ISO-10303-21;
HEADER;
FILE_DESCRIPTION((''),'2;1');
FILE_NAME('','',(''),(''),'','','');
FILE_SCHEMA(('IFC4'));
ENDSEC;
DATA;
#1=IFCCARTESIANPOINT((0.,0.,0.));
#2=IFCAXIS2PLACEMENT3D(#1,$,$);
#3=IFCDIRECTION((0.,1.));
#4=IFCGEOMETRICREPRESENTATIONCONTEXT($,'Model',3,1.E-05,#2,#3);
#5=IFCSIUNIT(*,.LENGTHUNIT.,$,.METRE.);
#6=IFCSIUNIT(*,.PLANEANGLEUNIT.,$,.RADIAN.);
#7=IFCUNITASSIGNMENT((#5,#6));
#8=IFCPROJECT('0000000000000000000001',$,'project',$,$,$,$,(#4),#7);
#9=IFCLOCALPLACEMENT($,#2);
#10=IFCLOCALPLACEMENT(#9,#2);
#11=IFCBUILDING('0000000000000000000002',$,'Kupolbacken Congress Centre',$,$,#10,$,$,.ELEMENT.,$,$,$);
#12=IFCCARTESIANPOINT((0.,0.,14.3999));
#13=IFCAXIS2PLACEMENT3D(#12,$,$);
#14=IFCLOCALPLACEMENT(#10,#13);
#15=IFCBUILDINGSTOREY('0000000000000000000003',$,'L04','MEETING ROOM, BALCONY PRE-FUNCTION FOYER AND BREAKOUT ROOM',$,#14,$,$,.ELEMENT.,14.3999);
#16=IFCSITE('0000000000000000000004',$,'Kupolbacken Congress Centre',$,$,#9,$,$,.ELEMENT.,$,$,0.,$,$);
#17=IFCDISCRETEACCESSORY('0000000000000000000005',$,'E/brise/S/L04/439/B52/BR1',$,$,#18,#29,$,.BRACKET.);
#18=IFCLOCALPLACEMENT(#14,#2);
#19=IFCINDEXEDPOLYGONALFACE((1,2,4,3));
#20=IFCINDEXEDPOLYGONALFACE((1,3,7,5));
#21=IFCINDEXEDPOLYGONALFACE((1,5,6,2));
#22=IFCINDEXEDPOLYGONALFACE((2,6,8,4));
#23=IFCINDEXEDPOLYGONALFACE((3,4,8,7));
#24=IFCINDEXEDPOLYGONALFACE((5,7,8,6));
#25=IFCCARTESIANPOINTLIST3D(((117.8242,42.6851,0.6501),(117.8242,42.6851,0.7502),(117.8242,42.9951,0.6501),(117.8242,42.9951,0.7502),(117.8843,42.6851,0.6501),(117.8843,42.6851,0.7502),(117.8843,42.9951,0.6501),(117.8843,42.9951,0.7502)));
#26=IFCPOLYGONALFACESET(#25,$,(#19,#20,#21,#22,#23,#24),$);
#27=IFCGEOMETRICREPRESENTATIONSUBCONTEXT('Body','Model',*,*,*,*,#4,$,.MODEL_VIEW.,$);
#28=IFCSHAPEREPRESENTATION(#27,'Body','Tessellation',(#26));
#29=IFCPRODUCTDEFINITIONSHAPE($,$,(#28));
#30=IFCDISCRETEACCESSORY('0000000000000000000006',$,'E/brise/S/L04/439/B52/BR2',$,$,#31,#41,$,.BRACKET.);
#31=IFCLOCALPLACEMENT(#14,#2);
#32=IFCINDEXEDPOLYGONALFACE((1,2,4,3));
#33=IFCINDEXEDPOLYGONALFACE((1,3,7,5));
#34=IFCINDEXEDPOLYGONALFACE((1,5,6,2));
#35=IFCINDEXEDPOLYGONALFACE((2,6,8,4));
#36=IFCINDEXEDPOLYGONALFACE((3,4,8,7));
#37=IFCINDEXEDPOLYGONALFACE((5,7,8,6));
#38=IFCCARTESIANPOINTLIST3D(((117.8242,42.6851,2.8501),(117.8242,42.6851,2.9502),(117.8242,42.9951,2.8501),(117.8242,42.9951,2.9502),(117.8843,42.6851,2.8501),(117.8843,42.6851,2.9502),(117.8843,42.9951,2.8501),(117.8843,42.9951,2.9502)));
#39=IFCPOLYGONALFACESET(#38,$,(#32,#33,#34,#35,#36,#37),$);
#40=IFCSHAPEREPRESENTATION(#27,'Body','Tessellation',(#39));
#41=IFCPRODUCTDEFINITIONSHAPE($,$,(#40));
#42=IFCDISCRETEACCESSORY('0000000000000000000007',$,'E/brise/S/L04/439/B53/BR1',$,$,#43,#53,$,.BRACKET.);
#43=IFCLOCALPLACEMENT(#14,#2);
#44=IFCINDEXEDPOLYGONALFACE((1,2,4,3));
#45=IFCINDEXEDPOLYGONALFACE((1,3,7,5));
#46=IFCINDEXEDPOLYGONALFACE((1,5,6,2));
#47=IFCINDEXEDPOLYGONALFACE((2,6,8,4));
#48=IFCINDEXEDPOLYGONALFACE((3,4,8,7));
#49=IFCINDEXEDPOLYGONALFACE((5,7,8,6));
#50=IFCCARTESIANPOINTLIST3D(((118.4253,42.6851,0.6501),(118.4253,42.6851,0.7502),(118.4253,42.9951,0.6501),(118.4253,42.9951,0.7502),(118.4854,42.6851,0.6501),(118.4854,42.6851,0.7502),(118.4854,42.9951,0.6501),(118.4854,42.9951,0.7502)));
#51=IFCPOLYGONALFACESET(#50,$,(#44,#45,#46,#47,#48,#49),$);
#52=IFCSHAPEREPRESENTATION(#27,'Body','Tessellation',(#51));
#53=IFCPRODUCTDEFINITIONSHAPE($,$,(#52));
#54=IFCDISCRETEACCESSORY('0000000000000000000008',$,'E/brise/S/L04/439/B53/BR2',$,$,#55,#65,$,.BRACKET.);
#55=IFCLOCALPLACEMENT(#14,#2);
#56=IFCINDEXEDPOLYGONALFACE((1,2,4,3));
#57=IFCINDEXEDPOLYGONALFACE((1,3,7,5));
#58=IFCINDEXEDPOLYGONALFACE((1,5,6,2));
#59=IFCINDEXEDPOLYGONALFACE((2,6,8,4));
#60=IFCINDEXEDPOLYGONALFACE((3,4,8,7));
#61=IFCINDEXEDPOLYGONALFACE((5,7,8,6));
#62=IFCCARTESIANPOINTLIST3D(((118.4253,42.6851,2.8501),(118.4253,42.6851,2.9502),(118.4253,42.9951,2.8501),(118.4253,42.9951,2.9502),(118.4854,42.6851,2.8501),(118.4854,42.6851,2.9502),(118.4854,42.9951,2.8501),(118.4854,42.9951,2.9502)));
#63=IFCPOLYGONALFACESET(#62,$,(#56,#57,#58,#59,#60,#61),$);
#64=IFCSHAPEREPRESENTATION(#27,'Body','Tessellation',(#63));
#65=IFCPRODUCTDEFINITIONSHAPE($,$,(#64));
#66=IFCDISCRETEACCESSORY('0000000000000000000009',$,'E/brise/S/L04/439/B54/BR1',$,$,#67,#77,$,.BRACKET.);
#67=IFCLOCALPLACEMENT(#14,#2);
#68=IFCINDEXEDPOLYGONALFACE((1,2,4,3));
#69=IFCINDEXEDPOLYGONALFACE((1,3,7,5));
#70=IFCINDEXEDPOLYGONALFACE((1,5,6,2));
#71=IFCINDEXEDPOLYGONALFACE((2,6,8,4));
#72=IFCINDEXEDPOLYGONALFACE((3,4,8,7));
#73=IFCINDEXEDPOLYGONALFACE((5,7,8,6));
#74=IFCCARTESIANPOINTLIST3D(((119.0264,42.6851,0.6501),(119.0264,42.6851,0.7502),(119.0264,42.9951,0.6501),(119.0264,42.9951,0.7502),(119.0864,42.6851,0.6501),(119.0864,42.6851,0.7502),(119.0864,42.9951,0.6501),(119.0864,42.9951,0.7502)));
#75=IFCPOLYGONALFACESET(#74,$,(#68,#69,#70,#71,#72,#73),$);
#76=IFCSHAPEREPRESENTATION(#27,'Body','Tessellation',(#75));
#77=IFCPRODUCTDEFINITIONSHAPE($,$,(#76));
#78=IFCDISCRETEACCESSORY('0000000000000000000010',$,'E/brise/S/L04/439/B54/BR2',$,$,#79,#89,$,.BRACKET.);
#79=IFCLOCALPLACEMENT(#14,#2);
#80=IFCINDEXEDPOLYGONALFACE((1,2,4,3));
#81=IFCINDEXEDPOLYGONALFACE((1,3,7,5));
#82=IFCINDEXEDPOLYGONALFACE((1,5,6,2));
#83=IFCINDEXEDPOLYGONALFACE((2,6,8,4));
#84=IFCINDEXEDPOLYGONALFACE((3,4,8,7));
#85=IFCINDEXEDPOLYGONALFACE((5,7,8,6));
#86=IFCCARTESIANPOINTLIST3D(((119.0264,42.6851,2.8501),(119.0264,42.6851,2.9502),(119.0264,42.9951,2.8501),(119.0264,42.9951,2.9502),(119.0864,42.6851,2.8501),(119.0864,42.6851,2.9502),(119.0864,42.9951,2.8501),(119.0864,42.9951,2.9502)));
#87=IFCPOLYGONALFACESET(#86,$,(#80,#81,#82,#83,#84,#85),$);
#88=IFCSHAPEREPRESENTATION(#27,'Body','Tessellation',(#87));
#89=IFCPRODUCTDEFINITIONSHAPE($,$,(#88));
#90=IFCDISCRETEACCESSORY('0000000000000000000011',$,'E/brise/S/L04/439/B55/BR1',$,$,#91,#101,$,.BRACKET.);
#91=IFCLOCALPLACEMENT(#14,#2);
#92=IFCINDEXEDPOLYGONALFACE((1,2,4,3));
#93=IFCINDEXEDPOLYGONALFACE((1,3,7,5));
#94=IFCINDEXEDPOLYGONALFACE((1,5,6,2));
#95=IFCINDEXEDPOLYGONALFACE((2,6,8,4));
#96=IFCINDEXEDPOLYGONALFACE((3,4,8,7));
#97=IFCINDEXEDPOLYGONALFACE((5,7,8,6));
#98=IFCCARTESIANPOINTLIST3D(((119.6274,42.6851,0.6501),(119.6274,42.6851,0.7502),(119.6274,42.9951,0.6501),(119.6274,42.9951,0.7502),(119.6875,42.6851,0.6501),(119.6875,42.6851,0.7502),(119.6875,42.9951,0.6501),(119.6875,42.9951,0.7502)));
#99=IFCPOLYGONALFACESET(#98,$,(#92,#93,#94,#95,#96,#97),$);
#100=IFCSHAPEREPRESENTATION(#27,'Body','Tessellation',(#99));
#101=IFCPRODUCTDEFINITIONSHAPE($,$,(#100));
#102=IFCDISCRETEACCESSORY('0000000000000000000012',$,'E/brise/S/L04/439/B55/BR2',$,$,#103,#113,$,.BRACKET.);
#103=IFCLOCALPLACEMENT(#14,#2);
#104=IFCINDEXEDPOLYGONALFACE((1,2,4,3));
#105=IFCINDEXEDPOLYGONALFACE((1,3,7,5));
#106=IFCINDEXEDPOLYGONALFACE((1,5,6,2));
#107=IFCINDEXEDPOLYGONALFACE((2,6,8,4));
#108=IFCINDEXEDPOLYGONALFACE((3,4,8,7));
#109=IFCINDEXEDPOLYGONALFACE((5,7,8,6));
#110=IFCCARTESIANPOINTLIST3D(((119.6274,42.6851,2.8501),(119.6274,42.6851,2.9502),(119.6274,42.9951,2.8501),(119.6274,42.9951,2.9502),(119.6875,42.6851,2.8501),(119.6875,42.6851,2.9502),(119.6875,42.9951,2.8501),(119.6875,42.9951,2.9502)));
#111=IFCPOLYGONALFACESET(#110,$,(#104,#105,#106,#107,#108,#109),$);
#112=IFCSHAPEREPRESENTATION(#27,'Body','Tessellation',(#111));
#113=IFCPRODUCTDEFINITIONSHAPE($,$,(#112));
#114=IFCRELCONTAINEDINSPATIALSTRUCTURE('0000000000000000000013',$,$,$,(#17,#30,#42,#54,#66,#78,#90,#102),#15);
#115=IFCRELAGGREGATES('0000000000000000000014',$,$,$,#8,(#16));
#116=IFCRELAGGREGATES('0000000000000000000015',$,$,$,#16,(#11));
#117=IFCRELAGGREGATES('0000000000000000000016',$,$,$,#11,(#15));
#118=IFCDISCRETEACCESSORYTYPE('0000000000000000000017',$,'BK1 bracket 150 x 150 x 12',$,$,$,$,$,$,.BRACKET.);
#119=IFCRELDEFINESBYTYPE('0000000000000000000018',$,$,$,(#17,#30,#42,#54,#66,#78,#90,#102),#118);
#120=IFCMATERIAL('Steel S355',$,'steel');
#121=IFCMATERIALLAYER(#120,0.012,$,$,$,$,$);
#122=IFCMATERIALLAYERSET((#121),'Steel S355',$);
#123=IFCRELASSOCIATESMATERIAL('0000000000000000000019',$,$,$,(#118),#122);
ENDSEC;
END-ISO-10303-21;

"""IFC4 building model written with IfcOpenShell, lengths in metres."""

from ifc_helpers import new_model, si_unit, direction, frame, origin, origin_2d, place, context, subcontext, project, spatial, rectangle, extrude, material, layer, layer_set, type_object, element, save


model = new_model("IFC4")

# Units and contexts
model_context = context("Model", 3, precision=1e-05, world=origin(), true_north=direction((0.0, 1.0)))
body_context = subcontext(model_context, "Body", "Model", "MODEL_VIEW")
ifc_project = project(units=[si_unit("LENGTHUNIT", "METRE"), si_unit("PLANEANGLEUNIT", "RADIAN")], contexts=[model_context])

# Site, building, storey
site_placement = place(None, origin())
site = spatial("IfcSite", under=ifc_project, at=site_placement, Name="Kupolbacken Congress Centre", CompositionType="ELEMENT", RefElevation=0.0)
building_placement = place(site_placement, origin())
building = spatial("IfcBuilding", under=site, at=building_placement, Name="Kupolbacken Congress Centre", CompositionType="ELEMENT")
storey_placement = place(building_placement, frame((0.0, 0.0, 14.3999)))
storey = spatial("IfcBuildingStorey", under=building, at=storey_placement, Name="L04", Description="MEETING ROOM, BALCONY PRE-FUNCTION FOYER AND BREAKOUT ROOM", CompositionType="ELEMENT", Elevation=14.3999)

# Discrete accessories
ifc_material_1 = material(Name="Steel S355", Category="steel")
ifc_layer_1 = layer(ifc_material_1, 0.012)
ifc_layer_set_1 = layer_set([ifc_layer_1], Name="Steel S355")
discrete_accessory_type = type_object("IfcDiscreteAccessoryType", Name="BK1 bracket 150 x 150 x 12", PredefinedType="BRACKET", material=ifc_layer_set_1)
for number, where, z_axis, x_axis, name in (
    (1, (117.8542, 42.8401, 0.6501), (0.0, 0.0, 1.0), (1.0, 0.0, 0.0), "E/brise/S/L04/439/B52/BR1"),
    (2, (117.8542, 42.8401, 2.8501), (0.0, 0.0, 1.0), (1.0, 0.0, 0.0), "E/brise/S/L04/439/B52/BR2"),
    (3, (118.4553, 42.8401, 0.6501), (0.0, 0.0, 1.0), (1.0, 0.0, 0.0), "E/brise/S/L04/439/B53/BR1"),
    (4, (118.4553, 42.8401, 2.8501), (0.0, 0.0, 1.0), (1.0, 0.0, 0.0), "E/brise/S/L04/439/B53/BR2"),
    (5, (119.0564, 42.8401, 0.6501), (0.0, 0.0, 1.0), (1.0, 0.0, 0.0), "E/brise/S/L04/439/B54/BR1"),
    (6, (119.0564, 42.8401, 2.8501), (0.0, 0.0, 1.0), (1.0, 0.0, 0.0), "E/brise/S/L04/439/B54/BR2"),
    (7, (119.6575, 42.8401, 0.6501), (0.0, 0.0, 1.0), (1.0, 0.0, 0.0), "E/brise/S/L04/439/B55/BR1"),
    (8, (119.6575, 42.8401, 2.8501), (0.0, 0.0, 1.0), (1.0, 0.0, 0.0), "E/brise/S/L04/439/B55/BR2"),
):
    element("IfcDiscreteAccessory", number, at=place(storey_placement, frame(where, z_axis=z_axis, x_axis=x_axis)), inside=storey, type_object=discrete_accessory_type, Name=name, PredefinedType="BRACKET", context=body_context, shape_type="SweptSolid", body=[
        extrude(rectangle(XDim=0.0601, YDim=0.3101, at=origin_2d()), origin(), (0.0, 0.0, 1.0), 0.1001),
    ])

save(model, "model.ifc")
